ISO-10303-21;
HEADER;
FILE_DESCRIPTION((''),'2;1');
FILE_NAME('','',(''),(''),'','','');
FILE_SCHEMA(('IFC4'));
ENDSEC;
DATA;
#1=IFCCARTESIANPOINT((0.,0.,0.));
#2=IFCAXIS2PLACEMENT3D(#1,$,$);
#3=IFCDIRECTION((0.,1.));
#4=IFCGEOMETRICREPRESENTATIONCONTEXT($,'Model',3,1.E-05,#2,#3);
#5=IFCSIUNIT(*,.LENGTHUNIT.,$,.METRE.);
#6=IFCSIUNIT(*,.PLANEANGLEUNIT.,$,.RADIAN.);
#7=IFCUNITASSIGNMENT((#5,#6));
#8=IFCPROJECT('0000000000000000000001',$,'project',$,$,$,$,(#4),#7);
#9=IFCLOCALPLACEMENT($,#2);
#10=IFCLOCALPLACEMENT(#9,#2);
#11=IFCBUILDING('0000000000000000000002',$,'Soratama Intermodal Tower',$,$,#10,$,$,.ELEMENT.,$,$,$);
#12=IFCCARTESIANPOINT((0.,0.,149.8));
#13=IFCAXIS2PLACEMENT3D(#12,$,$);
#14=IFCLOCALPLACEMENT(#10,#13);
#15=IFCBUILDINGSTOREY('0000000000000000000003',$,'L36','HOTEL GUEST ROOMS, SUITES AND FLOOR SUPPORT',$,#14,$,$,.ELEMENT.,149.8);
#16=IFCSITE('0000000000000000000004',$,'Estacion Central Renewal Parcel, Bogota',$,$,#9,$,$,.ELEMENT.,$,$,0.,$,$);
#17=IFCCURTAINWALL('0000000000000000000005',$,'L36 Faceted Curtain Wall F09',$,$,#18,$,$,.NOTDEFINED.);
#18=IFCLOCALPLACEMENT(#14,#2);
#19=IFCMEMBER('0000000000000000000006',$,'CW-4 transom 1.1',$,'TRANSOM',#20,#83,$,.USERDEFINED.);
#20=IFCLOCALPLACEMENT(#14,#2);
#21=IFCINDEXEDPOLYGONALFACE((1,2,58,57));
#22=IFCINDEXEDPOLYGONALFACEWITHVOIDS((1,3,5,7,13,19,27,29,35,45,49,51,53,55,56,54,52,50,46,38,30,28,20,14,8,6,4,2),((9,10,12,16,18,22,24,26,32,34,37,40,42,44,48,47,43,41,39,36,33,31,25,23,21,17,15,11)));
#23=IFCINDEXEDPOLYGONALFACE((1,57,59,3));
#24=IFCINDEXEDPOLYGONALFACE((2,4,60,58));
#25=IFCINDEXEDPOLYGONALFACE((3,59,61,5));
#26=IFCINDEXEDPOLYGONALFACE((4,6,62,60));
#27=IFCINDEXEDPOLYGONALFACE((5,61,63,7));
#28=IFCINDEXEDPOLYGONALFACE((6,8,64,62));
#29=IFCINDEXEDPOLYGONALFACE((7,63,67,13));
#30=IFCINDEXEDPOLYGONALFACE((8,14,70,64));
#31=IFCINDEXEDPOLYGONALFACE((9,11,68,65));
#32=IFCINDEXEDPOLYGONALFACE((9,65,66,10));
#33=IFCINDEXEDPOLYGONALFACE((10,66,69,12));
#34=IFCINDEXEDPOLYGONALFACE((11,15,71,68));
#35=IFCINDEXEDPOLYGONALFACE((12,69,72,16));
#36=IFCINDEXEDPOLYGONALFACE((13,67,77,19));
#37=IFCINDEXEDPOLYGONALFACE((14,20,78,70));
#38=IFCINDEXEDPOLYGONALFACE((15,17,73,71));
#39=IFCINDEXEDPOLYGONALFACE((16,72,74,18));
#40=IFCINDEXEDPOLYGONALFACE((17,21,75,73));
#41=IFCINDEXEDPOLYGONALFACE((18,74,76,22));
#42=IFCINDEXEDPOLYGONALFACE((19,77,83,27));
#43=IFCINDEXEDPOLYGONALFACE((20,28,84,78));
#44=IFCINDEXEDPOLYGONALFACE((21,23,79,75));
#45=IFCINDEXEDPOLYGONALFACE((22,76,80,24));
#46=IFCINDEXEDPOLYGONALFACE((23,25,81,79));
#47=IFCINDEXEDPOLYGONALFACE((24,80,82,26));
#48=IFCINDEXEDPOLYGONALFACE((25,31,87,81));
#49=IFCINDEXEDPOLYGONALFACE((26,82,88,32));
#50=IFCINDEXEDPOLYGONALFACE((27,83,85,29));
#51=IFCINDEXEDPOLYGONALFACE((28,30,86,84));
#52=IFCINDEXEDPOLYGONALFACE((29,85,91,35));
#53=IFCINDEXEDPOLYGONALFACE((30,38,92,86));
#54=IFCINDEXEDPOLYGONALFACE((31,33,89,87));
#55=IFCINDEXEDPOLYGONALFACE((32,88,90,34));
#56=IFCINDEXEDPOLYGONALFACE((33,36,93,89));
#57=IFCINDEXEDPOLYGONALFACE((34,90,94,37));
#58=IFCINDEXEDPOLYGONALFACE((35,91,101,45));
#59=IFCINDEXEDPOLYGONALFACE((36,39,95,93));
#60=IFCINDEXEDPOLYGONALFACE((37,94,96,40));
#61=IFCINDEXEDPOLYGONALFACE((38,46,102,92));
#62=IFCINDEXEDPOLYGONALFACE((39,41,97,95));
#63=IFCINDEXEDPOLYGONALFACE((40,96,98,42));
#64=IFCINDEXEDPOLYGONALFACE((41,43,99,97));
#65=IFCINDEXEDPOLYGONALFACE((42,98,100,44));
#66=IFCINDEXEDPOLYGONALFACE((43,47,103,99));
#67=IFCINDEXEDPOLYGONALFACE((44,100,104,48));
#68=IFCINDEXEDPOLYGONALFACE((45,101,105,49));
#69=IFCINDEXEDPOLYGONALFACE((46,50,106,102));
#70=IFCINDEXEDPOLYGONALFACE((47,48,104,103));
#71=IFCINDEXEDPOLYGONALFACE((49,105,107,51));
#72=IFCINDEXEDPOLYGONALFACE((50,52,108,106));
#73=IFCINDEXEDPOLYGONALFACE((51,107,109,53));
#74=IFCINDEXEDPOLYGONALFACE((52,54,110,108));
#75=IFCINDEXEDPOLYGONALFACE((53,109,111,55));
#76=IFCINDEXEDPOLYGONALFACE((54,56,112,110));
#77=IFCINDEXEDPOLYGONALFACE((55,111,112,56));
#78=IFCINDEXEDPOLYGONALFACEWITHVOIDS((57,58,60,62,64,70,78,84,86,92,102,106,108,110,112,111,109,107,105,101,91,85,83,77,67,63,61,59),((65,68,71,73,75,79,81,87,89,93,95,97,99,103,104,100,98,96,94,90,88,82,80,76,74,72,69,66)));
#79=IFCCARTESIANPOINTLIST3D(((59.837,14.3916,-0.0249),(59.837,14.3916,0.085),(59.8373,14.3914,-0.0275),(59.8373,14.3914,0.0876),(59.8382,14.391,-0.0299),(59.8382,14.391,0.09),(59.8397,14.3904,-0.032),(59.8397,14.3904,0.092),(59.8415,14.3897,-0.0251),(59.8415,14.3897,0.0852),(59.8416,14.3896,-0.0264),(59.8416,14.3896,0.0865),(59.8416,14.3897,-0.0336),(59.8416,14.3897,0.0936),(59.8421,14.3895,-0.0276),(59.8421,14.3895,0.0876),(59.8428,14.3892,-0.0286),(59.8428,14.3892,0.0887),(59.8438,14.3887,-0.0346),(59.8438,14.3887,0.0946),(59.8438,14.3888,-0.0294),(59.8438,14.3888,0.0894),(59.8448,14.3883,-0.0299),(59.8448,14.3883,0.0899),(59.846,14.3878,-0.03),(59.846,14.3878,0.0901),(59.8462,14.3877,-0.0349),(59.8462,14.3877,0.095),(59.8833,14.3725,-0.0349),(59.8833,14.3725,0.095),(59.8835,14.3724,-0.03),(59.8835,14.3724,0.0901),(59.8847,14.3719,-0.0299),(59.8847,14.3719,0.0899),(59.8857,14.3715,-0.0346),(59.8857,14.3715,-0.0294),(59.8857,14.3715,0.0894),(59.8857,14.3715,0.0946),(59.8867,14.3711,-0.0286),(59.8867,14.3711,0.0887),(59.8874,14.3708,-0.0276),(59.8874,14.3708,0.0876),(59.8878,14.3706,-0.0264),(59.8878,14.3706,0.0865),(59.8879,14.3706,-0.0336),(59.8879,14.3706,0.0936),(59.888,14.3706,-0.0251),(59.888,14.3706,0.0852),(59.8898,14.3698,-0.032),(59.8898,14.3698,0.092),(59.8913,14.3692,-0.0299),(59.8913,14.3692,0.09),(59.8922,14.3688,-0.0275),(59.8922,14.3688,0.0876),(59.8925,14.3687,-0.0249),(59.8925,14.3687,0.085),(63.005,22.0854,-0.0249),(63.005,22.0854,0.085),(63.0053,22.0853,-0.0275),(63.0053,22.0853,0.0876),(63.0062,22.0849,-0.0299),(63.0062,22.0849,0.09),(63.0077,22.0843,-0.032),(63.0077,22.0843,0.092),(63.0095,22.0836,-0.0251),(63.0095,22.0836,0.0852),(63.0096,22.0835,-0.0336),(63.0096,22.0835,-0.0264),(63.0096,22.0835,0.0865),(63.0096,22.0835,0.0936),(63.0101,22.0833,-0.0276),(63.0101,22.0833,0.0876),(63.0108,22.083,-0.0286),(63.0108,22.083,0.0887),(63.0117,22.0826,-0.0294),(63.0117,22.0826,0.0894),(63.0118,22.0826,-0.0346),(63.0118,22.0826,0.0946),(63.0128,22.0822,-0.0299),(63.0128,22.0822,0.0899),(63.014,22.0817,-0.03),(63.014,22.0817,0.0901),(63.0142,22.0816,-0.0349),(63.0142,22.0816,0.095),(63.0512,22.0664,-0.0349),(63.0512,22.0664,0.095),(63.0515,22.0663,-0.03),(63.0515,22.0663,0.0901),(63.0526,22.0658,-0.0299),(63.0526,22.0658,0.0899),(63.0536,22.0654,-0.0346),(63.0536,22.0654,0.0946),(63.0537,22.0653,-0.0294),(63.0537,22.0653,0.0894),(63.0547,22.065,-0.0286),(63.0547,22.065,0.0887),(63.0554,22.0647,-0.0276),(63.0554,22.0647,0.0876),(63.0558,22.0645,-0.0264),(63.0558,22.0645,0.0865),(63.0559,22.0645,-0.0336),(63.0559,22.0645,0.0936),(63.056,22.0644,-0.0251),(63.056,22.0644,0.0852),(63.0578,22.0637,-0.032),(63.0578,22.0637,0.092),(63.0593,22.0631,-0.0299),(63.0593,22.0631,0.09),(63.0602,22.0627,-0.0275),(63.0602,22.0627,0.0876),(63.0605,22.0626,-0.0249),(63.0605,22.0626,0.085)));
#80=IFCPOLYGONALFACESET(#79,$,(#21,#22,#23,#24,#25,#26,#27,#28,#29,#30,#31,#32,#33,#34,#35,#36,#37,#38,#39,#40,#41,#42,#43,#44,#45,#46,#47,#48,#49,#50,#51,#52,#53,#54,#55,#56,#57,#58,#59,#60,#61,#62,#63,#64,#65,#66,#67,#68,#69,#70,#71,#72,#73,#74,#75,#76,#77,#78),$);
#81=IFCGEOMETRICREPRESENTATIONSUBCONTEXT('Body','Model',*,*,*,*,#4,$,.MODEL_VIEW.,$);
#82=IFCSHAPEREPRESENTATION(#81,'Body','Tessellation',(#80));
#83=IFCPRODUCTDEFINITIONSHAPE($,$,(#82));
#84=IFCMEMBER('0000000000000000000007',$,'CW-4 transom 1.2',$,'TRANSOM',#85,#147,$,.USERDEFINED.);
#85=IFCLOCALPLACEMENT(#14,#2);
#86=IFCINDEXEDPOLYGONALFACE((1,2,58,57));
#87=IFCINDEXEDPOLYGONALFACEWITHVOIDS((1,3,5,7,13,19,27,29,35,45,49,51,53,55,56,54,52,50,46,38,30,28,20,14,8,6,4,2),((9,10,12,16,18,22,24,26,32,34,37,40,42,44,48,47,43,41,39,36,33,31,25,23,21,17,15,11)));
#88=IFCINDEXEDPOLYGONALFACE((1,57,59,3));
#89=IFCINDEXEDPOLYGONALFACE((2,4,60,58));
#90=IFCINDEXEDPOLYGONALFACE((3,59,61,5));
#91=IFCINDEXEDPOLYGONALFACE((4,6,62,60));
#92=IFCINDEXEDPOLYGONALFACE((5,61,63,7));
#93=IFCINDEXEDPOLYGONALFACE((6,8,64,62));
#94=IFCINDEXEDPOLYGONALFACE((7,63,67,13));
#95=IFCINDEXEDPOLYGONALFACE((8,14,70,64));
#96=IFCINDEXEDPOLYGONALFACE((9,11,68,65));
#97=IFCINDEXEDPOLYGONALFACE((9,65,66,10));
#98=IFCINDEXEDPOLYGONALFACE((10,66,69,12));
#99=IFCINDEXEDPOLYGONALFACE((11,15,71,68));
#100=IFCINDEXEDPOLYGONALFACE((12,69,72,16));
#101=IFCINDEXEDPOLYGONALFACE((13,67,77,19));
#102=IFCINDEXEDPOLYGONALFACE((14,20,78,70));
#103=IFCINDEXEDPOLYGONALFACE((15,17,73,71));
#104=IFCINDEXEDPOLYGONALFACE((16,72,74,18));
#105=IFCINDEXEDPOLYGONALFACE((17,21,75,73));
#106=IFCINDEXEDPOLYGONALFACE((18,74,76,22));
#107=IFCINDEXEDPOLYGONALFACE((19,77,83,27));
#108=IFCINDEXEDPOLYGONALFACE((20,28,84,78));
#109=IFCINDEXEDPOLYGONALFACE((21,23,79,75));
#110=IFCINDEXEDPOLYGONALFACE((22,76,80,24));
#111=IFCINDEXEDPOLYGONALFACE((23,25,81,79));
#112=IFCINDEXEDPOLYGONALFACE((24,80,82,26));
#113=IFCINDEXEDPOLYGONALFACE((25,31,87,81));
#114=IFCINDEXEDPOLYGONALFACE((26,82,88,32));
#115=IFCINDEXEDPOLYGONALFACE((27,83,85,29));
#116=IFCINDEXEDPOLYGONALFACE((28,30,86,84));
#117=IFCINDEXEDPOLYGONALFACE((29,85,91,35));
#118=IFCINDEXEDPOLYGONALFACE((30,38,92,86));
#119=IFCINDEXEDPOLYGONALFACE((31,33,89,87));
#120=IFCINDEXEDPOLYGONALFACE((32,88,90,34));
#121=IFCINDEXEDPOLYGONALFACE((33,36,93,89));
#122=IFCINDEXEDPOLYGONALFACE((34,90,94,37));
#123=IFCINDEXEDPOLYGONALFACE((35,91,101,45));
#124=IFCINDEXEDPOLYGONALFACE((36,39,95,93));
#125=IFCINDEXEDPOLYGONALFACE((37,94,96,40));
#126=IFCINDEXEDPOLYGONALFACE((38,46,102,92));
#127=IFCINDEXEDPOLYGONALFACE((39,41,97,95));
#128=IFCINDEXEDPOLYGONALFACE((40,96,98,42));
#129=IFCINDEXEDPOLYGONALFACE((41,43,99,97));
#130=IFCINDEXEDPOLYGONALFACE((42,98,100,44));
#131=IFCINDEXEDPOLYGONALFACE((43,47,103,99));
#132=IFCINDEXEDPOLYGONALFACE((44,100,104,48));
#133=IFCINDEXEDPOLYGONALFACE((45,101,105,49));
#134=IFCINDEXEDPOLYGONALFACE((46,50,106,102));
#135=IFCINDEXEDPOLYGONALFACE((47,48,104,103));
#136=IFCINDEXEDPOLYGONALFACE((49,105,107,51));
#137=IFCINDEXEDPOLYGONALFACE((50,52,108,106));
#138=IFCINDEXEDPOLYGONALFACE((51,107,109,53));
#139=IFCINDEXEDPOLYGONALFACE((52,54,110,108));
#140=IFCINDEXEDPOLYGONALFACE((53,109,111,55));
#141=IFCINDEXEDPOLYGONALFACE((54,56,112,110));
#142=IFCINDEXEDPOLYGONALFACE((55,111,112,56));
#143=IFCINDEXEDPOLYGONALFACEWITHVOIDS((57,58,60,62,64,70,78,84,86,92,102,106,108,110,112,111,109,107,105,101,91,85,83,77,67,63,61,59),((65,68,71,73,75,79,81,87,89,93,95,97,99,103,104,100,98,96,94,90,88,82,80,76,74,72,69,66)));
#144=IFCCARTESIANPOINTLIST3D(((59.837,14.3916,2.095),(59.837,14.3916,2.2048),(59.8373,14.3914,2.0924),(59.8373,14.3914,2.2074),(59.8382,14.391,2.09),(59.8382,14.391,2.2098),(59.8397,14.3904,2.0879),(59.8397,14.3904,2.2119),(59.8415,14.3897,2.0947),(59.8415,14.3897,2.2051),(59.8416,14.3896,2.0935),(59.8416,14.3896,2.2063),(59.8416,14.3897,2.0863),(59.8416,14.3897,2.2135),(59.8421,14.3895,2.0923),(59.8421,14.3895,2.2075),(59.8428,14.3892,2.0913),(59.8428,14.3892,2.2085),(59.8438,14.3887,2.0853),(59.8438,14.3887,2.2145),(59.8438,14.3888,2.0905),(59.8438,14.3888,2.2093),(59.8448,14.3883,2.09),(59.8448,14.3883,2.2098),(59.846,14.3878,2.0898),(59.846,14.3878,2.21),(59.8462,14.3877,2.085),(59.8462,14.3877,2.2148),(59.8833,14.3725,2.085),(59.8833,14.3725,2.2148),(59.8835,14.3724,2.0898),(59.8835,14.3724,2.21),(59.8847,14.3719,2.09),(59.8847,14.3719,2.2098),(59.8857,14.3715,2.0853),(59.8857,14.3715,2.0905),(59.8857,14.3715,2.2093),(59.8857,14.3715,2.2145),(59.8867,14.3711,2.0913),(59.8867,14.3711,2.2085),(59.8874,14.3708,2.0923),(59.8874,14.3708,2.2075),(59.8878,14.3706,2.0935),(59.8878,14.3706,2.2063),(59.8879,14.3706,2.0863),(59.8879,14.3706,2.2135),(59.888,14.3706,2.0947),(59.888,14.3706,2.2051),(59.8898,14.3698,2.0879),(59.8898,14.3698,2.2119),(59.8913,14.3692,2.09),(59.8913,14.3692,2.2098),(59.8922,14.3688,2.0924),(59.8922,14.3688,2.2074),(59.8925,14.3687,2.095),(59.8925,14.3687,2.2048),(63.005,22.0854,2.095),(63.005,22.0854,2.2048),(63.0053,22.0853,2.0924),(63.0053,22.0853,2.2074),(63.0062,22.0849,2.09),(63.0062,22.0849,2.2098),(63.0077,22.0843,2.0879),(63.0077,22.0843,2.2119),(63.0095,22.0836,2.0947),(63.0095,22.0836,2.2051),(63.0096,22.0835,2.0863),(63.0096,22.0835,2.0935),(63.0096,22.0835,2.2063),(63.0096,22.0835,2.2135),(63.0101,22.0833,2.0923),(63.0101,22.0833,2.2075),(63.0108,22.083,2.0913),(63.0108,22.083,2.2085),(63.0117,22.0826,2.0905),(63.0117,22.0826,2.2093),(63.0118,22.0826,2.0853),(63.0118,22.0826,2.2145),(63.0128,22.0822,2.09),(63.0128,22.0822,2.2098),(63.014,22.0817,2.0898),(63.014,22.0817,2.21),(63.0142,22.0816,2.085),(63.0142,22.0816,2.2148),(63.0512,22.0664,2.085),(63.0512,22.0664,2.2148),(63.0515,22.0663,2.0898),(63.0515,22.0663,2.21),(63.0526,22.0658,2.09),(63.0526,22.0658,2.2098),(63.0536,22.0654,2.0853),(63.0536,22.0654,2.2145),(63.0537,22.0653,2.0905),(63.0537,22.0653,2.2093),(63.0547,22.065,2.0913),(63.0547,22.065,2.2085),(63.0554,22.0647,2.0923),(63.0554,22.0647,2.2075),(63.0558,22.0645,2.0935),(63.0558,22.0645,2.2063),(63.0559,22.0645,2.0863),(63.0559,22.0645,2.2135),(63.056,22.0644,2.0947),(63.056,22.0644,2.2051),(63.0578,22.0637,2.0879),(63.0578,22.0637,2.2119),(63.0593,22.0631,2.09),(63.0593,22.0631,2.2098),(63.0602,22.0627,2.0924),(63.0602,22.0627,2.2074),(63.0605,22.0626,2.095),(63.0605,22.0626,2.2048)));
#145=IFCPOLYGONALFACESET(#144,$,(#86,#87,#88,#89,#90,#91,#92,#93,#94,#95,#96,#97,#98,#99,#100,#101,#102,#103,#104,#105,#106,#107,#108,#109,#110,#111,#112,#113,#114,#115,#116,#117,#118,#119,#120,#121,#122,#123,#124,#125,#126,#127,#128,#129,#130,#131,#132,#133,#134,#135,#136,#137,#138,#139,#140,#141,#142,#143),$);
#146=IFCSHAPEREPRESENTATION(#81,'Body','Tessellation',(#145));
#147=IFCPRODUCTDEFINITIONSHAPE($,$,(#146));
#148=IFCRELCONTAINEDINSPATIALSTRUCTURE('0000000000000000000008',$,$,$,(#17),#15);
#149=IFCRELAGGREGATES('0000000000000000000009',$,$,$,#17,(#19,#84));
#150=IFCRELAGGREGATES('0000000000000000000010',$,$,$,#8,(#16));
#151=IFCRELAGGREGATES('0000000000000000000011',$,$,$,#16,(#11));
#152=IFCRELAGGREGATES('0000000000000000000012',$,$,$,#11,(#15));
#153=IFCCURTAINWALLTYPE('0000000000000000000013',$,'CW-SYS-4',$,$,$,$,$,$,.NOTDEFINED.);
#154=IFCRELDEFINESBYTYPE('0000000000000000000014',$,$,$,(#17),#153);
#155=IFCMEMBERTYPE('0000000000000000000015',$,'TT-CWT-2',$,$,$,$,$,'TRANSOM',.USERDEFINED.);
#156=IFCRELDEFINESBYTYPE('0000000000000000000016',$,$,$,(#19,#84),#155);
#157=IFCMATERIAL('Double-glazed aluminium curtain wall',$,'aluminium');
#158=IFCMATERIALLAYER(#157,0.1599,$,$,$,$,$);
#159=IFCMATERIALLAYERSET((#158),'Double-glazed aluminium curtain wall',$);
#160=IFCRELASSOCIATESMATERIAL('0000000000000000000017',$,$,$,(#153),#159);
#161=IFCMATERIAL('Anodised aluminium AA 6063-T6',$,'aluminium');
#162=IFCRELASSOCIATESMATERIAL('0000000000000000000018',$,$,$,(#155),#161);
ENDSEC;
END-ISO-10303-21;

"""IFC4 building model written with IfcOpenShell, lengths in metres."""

from ifc_helpers import new_model, si_unit, direction, frame, origin, origin_2d, place, context, subcontext, project, spatial, hollow_rectangle, extrude, material, layer, layer_set, material_profile, profile_set, type_object, element, aggregate, save


model = new_model("IFC4")

# Units and contexts
model_context = context("Model", 3, precision=1e-05, world=origin(), true_north=direction((0.0, 1.0)))
body_context = subcontext(model_context, "Body", "Model", "MODEL_VIEW")
ifc_project = project(units=[si_unit("LENGTHUNIT", "METRE"), si_unit("PLANEANGLEUNIT", "RADIAN")], contexts=[model_context])

# Site, building, storey
site_placement = place(None, origin())
site = spatial("IfcSite", under=ifc_project, at=site_placement, Name="Estacion Central Renewal Parcel, Bogota", CompositionType="ELEMENT", RefElevation=0.0)
building_placement = place(site_placement, origin())
building = spatial("IfcBuilding", under=site, at=building_placement, Name="Soratama Intermodal Tower", CompositionType="ELEMENT")
storey_placement = place(building_placement, frame((0.0, 0.0, 149.8)))
storey = spatial("IfcBuildingStorey", under=building, at=storey_placement, Name="L36", Description="HOTEL GUEST ROOMS, SUITES AND FLOOR SUPPORT", CompositionType="ELEMENT", Elevation=149.8)

# Curtain wall, members
ifc_material_1 = material(Name="Double-glazed aluminium curtain wall", Category="aluminium")
ifc_layer_1 = layer(ifc_material_1, 0.1599)
ifc_layer_set_1 = layer_set([ifc_layer_1], Name="Double-glazed aluminium curtain wall")
curtain_wall_type = type_object("IfcCurtainWallType", Name="CW-SYS-4", PredefinedType="NOTDEFINED", material=ifc_layer_set_1)
curtain_wall_placement = place(storey_placement, origin())
curtain_wall = element("IfcCurtainWall", 1, at=curtain_wall_placement, inside=storey, type_object=curtain_wall_type, Name="L36 Faceted Curtain Wall F09", PredefinedType="NOTDEFINED")
ifc_material_2 = material(Name="Anodised aluminium AA 6063-T6", Category="aluminium")
ifc_material_profile_1 = material_profile(ifc_material_2, hollow_rectangle(XDim=0.0601, YDim=0.1299, WallThickness=0.0049, InnerFilletRadius=0.0049, OuterFilletRadius=0.01, at=origin_2d()), Name="CWT130X60X5")
ifc_profile_set_1 = profile_set([ifc_material_profile_1], Name="Anodised aluminium AA 6063-T6")
member_type_1 = type_object("IfcMemberType", Name="TT-CWT-2", ElementType="TRANSOM", PredefinedType="USERDEFINED", material=ifc_profile_set_1)
member_1_placement = place(storey_placement, frame((59.8647, 14.3801, 0.03), z_axis=(0.380741, 0.924682, 0.0), x_axis=(-0.924682, 0.380741, 0.0)))
member_1 = element("IfcMember", 2, at=member_1_placement, type_object=member_type_1, Name="CW-4 transom 1.1", ObjectType="TRANSOM", PredefinedType="USERDEFINED", context=body_context, shape_type="SweptSolid", body=[
    extrude(hollow_rectangle(XDim=0.0601, YDim=0.1299, WallThickness=0.0049, InnerFilletRadius=0.0049, OuterFilletRadius=0.01, at=origin_2d()), origin(), (0.0, 0.0, 1.0), 8.3206),
])
member_2_placement = place(storey_placement, frame((59.8647, 14.3801, 2.1499), z_axis=(0.380741, 0.924682, 0.0), x_axis=(-0.924682, 0.380741, 0.0)))
member_2 = element("IfcMember", 3, at=member_2_placement, type_object=member_type_1, Name="CW-4 transom 1.2", ObjectType="TRANSOM", PredefinedType="USERDEFINED", context=body_context, shape_type="SweptSolid", body=[
    extrude(hollow_rectangle(XDim=0.0601, YDim=0.1299, WallThickness=0.0049, InnerFilletRadius=0.0049, OuterFilletRadius=0.01, at=origin_2d()), origin(), (0.0, 0.0, 1.0), 8.3206),
])
aggregate(curtain_wall, [member_1, member_2])

save(model, "model.ifc")
